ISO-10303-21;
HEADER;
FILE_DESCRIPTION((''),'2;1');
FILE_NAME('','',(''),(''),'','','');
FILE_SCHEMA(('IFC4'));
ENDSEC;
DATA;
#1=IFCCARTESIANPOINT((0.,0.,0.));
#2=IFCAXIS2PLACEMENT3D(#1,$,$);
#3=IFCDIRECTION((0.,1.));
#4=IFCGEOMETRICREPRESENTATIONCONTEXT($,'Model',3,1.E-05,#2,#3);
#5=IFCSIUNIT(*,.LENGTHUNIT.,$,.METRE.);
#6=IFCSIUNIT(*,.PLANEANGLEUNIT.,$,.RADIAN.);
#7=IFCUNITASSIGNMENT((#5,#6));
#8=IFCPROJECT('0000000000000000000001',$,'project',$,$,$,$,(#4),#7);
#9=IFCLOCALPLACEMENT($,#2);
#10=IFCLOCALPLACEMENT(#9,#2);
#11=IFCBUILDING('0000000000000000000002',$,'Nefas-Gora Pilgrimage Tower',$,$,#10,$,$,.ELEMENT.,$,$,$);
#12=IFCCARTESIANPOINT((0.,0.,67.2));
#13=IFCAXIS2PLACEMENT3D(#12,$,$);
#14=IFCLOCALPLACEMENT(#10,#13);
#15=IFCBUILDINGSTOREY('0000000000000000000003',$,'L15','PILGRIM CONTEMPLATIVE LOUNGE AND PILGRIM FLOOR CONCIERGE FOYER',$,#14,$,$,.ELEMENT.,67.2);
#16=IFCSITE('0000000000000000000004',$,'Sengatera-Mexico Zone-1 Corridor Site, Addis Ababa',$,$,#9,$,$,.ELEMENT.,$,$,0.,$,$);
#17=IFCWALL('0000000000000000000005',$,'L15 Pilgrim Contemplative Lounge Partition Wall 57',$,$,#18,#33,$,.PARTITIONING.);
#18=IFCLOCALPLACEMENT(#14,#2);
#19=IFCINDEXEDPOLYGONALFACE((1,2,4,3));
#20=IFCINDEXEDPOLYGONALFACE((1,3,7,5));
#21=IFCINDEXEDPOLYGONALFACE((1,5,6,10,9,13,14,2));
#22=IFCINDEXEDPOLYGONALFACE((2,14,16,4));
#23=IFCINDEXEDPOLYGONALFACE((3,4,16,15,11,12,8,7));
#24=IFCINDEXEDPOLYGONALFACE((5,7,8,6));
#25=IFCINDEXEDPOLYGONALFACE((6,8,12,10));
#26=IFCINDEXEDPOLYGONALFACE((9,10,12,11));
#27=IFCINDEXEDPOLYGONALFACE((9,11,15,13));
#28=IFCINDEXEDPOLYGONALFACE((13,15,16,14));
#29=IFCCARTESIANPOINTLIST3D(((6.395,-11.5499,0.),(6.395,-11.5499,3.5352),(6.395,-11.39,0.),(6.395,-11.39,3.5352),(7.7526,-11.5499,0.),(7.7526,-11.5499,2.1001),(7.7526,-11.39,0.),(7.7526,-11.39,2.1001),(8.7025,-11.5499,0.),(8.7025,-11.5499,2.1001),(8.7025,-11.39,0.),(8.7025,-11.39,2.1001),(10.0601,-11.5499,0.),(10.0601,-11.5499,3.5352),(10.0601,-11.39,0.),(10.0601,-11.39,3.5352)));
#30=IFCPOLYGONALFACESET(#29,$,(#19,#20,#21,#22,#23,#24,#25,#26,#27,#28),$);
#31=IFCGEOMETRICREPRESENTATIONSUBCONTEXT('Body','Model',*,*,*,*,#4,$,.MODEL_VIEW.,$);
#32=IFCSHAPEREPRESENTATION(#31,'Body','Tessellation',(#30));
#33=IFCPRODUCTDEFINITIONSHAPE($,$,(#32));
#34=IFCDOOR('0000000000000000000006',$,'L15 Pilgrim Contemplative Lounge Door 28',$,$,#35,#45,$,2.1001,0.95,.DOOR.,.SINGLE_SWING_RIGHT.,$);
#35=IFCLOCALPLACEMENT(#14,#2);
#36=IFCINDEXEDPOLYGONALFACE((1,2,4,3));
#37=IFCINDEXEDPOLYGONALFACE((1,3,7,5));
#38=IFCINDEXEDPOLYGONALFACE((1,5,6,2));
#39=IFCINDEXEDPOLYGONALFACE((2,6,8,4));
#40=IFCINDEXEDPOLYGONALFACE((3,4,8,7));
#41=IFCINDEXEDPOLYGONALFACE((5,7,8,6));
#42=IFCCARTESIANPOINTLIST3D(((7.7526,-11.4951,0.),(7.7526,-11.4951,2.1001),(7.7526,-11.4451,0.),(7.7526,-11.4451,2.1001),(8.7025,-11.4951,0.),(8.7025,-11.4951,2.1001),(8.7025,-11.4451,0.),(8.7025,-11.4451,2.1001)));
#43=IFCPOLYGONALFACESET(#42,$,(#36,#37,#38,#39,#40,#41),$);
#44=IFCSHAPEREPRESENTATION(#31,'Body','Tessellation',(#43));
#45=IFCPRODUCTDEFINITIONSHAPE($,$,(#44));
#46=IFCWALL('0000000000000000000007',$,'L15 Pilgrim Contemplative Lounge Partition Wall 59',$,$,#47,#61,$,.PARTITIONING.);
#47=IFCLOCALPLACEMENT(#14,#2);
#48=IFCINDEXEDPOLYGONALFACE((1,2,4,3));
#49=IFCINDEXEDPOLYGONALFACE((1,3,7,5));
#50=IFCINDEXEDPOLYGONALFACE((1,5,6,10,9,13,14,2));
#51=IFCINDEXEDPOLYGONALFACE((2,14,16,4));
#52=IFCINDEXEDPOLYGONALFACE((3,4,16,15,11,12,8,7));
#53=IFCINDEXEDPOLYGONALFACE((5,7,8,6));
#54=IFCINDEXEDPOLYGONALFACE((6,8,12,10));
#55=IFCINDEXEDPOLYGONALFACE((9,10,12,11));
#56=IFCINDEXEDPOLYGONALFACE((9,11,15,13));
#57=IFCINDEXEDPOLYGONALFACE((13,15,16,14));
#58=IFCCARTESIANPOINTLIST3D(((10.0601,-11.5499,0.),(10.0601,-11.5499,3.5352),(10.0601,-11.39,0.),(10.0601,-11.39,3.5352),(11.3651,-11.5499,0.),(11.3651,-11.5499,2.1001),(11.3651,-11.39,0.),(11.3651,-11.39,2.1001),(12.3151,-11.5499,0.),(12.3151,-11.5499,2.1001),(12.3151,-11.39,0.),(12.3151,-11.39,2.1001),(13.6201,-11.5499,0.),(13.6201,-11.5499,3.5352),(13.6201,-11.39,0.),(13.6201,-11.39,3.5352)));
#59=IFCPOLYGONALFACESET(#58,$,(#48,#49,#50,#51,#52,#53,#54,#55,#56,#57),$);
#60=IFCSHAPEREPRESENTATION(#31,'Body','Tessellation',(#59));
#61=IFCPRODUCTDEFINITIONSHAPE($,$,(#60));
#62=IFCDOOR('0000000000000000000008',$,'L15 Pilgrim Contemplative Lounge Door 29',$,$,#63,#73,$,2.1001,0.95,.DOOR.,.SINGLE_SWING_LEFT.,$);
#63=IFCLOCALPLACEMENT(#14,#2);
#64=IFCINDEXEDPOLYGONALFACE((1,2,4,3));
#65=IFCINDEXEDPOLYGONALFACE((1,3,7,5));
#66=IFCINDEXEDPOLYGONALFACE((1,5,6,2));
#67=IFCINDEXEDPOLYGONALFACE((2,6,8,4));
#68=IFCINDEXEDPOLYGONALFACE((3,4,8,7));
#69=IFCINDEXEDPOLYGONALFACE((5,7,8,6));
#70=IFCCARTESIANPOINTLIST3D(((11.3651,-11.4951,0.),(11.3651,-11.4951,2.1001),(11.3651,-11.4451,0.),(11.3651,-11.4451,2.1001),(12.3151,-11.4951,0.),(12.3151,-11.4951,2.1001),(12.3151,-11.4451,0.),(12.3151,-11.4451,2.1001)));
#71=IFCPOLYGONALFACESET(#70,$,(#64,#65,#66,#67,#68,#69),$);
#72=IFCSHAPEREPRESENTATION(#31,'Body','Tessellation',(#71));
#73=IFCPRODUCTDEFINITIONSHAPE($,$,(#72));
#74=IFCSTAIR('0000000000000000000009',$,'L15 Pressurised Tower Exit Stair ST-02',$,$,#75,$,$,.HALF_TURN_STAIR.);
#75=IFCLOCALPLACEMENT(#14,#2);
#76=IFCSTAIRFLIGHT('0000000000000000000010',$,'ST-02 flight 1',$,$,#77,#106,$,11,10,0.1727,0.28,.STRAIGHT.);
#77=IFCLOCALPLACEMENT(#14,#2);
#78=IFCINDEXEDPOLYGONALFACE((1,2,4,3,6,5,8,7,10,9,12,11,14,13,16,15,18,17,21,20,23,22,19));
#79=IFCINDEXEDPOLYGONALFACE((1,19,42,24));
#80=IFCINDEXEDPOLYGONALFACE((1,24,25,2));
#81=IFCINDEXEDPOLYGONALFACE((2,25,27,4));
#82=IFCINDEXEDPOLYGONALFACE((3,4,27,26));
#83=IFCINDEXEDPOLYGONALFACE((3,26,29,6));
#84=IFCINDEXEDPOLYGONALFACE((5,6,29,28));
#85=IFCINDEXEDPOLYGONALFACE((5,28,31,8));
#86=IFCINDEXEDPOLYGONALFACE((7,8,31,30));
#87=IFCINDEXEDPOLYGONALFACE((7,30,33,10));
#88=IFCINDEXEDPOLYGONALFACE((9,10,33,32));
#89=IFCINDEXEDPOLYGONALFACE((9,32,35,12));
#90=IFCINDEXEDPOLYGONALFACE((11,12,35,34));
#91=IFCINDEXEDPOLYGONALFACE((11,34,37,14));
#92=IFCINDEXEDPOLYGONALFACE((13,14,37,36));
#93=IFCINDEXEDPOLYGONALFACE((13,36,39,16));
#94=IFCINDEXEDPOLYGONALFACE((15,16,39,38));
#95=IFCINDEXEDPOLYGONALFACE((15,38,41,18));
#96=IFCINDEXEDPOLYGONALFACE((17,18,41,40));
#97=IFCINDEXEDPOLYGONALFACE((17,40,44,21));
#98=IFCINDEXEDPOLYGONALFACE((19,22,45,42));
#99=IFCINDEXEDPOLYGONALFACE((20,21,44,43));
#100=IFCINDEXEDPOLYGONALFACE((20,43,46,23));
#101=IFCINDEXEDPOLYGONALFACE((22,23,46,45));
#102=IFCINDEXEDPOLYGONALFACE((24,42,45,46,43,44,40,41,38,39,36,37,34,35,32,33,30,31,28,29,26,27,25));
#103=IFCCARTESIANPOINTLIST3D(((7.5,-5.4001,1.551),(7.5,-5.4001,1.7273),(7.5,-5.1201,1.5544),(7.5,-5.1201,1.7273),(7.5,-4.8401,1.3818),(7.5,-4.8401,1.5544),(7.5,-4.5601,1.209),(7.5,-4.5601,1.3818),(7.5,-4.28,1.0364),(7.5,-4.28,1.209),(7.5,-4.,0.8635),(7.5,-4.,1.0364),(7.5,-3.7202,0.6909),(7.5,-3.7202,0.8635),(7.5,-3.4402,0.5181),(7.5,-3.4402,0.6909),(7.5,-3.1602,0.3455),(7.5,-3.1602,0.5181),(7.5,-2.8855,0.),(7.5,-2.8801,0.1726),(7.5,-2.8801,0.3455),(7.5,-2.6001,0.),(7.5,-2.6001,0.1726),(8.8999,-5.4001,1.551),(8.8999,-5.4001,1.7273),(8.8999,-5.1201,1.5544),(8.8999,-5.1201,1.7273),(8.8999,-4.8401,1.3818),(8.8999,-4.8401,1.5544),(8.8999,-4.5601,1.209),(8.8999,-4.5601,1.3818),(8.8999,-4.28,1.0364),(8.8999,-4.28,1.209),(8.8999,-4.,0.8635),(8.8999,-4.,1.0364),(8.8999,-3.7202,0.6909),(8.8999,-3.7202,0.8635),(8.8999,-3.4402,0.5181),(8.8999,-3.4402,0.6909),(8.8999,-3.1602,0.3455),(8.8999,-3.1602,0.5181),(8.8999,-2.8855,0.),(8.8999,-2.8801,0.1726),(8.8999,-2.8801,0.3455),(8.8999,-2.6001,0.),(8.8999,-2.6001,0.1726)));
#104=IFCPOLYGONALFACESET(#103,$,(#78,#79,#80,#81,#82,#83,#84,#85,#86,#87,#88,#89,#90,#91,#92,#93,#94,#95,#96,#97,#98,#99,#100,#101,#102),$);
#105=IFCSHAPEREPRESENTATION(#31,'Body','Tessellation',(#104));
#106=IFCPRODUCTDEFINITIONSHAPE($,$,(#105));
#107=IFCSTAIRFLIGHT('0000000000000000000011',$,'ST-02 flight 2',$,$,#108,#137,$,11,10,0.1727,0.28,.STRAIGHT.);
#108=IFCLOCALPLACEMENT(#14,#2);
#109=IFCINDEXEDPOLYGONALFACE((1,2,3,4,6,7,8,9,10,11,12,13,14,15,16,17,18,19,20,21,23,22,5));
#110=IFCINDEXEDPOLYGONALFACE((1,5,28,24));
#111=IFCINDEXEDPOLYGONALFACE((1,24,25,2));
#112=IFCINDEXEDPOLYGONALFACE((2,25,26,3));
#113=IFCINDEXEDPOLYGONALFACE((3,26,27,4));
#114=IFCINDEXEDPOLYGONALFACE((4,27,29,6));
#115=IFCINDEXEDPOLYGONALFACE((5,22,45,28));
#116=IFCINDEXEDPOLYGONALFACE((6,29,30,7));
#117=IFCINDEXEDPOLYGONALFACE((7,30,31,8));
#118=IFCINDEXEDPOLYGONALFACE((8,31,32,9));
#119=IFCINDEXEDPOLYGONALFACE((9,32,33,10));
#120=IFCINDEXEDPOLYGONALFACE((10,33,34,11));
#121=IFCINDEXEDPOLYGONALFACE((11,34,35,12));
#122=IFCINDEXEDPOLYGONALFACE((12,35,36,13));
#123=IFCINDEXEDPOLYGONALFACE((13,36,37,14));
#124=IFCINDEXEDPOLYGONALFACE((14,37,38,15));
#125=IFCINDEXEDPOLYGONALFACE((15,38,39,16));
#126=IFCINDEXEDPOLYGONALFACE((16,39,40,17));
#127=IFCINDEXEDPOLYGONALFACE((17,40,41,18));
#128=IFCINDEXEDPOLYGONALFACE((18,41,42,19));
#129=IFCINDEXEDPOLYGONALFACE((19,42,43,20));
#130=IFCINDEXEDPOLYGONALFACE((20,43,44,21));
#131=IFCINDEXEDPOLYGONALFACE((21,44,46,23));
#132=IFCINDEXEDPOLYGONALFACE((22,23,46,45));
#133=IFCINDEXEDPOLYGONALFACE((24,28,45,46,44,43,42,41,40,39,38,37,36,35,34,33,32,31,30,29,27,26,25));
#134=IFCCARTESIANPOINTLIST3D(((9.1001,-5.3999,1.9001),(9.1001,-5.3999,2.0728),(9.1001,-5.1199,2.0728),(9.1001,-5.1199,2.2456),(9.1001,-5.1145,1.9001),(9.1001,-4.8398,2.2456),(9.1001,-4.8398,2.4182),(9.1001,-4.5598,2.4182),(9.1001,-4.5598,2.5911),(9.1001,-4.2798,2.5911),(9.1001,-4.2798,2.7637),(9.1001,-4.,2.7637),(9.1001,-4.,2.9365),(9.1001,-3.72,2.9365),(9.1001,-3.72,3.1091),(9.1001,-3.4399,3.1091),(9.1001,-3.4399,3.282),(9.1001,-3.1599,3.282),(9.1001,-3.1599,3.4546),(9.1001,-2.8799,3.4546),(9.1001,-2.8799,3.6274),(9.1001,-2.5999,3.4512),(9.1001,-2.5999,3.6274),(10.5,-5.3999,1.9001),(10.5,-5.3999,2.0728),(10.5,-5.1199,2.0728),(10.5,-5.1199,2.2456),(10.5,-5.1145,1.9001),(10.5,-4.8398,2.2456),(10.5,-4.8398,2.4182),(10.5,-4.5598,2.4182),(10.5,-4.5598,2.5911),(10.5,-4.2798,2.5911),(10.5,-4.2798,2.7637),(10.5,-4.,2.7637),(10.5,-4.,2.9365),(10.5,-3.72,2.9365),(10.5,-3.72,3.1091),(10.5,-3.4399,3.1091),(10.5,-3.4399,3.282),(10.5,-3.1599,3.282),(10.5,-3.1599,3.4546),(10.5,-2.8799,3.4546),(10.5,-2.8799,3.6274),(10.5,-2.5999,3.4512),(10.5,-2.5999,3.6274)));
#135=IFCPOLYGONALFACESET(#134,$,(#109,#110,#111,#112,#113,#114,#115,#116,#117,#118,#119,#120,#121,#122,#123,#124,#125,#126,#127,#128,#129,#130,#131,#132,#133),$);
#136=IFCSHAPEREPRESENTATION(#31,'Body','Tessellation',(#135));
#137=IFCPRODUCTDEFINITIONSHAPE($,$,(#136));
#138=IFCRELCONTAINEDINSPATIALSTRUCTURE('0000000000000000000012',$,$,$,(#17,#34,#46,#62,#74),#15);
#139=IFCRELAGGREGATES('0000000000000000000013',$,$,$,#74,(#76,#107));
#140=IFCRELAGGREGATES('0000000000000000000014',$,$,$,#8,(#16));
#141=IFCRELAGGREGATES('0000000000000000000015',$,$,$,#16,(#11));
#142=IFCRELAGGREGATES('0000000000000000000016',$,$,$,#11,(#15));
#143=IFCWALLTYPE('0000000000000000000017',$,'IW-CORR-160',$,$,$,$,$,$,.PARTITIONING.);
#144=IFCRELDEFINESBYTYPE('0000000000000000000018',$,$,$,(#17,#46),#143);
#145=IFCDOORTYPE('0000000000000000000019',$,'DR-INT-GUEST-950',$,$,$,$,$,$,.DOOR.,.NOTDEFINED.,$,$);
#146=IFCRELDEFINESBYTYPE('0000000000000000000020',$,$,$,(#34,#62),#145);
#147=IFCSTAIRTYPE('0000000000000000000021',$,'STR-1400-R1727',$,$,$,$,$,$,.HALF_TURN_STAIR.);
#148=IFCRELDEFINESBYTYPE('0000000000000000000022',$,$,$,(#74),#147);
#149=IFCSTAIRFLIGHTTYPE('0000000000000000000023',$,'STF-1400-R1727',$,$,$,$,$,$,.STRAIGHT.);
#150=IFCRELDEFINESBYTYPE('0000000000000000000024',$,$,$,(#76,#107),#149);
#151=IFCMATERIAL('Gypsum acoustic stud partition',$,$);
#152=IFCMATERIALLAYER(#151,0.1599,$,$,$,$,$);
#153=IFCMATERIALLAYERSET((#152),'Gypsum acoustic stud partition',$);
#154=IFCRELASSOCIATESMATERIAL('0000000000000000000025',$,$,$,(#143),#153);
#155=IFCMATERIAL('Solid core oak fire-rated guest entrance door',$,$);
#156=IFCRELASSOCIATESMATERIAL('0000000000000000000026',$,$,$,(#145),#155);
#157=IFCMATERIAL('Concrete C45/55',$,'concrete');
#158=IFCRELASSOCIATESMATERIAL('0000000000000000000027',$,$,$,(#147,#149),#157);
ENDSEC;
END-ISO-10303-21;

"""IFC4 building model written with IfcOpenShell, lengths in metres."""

from ifc_helpers import new_model, si_unit, direction, frame, frame_2d, origin, place, context, subcontext, project, spatial, polyline, rectangle, outline, extrude, source, transform, mapped, material, layer, layer_set, type_object, element, fill, aggregate, save


model = new_model("IFC4")

# Units and contexts
model_context = context("Model", 3, precision=1e-05, world=origin(), true_north=direction((0.0, 1.0)))
body_context = subcontext(model_context, "Body", "Model", "MODEL_VIEW")
ifc_project = project(units=[si_unit("LENGTHUNIT", "METRE"), si_unit("PLANEANGLEUNIT", "RADIAN")], contexts=[model_context])

# Site, building, storey
site_placement = place(None, origin())
site = spatial("IfcSite", under=ifc_project, at=site_placement, Name="Sengatera-Mexico Zone-1 Corridor Site, Addis Ababa", CompositionType="ELEMENT", RefElevation=0.0)
building_placement = place(site_placement, origin())
building = spatial("IfcBuilding", under=site, at=building_placement, Name="Nefas-Gora Pilgrimage Tower", CompositionType="ELEMENT")
storey_placement = place(building_placement, frame((0.0, 0.0, 67.2)))
storey = spatial("IfcBuildingStorey", under=building, at=storey_placement, Name="L15", Description="PILGRIM CONTEMPLATIVE LOUNGE AND PILGRIM FLOOR CONCIERGE FOYER", CompositionType="ELEMENT", Elevation=67.2)

# Shared definitions
ifc_material_1 = material(Name="Concrete C45/55", Category="concrete")
ifc_material_2 = material(Name="Gypsum acoustic stud partition")
ifc_layer_1 = layer(ifc_material_2, 0.1599)
ifc_layer_set_1 = layer_set([ifc_layer_1], Name="Gypsum acoustic stud partition")
wall_type_1 = type_object("IfcWallType", Name="IW-CORR-160", PredefinedType="PARTITIONING", material=ifc_layer_set_1)

# Walls, openings, doors
shared_shape_1 = source(origin(), body_context, "Body", "SweptSolid", [
    extrude(rectangle(XDim=3.665, YDim=0.1599, at=frame_2d((1.8325, 0.0))), origin(), (0.0, 0.0, 1.0), 3.5352),
])
wall_1_placement = place(storey_placement, frame((6.395, -11.47, 0.0), z_axis=(0.0, 0.0, 1.0), x_axis=(1.0, 0.0, 0.0)))
wall_1 = element("IfcWall", 1, at=wall_1_placement, inside=storey, type_object=wall_type_1, Name="L15 Pilgrim Contemplative Lounge Partition Wall 57", PredefinedType="PARTITIONING", context=body_context, shape_type="MappedRepresentation", body=[
    mapped(shared_shape_1, transform((0.0, 0.0, 0.0), x_axis=(1.0, 0.0, 0.0), y_axis=(0.0, 1.0, 0.0), z_axis=(0.0, 0.0, 1.0), scale=1.0)),
])
opening_1_placement = place(wall_1_placement, frame((1.3574, 0.0, 0.0)))
opening_1 = element("IfcOpeningElement", 2, at=opening_1_placement, cuts=wall_1, PredefinedType="OPENING", context=body_context, shape_type="SweptSolid", body=[
    extrude(rectangle(XDim=0.95, YDim=2.1001, at=frame_2d((0.4751, 1.05))), frame((0.0, 0.0898, 0.0), z_axis=(0.0, -1.0, 0.0), x_axis=(1.0, 0.0, 0.0)), (0.0, 0.0, 1.0), 0.1799),
])
ifc_material_3 = material(Name="Solid core oak fire-rated guest entrance door")
door_type_1 = type_object("IfcDoorType", Name="DR-INT-GUEST-950", OperationType="NOTDEFINED", PredefinedType="DOOR", material=ifc_material_3)
shared_shape_2 = source(origin(), body_context, "Body", "SweptSolid", [
    extrude(rectangle(XDim=0.95, YDim=2.1001, at=frame_2d((0.4751, 1.05))), frame((0.0, 0.0249, 0.0), z_axis=(0.0, -1.0, 0.0), x_axis=(1.0, 0.0, 0.0)), (0.0, 0.0, 1.0), 0.05),
])
door_1_placement = place(opening_1_placement, origin())
door_1 = element("IfcDoor", 3, at=door_1_placement, inside=storey, type_object=door_type_1, Name="L15 Pilgrim Contemplative Lounge Door 28", OperationType="SINGLE_SWING_RIGHT", OverallHeight=2.1001, OverallWidth=0.95, PredefinedType="DOOR", context=body_context, shape_type="MappedRepresentation", body=[
    mapped(shared_shape_2, transform((0.0, 0.0, 0.0), x_axis=(1.0, 0.0, 0.0), y_axis=(0.0, 1.0, 0.0), z_axis=(0.0, 0.0, 1.0), scale=1.0)),
])
fill(opening_1, door_1)
shared_shape_3 = source(origin(), body_context, "Body", "SweptSolid", [
    extrude(rectangle(XDim=3.5601, YDim=0.1599, at=frame_2d((1.78, 0.0))), origin(), (0.0, 0.0, 1.0), 3.5352),
])
wall_2_placement = place(storey_placement, frame((10.0601, -11.47, 0.0), z_axis=(0.0, 0.0, 1.0), x_axis=(1.0, 0.0, 0.0)))
wall_2 = element("IfcWall", 4, at=wall_2_placement, inside=storey, type_object=wall_type_1, Name="L15 Pilgrim Contemplative Lounge Partition Wall 59", PredefinedType="PARTITIONING", context=body_context, shape_type="MappedRepresentation", body=[
    mapped(shared_shape_3, transform((0.0, 0.0, 0.0), x_axis=(1.0, 0.0, 0.0), y_axis=(0.0, 1.0, 0.0), z_axis=(0.0, 0.0, 1.0), scale=1.0)),
])
opening_2_placement = place(wall_2_placement, frame((1.3049, 0.0, 0.0)))
opening_2 = element("IfcOpeningElement", 5, at=opening_2_placement, cuts=wall_2, PredefinedType="OPENING", context=body_context, shape_type="SweptSolid", body=[
    extrude(rectangle(XDim=0.95, YDim=2.1001, at=frame_2d((0.4751, 1.05))), frame((0.0, 0.0898, 0.0), z_axis=(0.0, -1.0, 0.0), x_axis=(1.0, 0.0, 0.0)), (0.0, 0.0, 1.0), 0.1799),
])
door_2_placement = place(opening_2_placement, origin())
door_2 = element("IfcDoor", 6, at=door_2_placement, inside=storey, type_object=door_type_1, Name="L15 Pilgrim Contemplative Lounge Door 29", OperationType="SINGLE_SWING_LEFT", OverallHeight=2.1001, OverallWidth=0.95, PredefinedType="DOOR", context=body_context, shape_type="MappedRepresentation", body=[
    mapped(shared_shape_2, transform((0.0, 0.0, 0.0), x_axis=(1.0, 0.0, 0.0), y_axis=(0.0, 1.0, 0.0), z_axis=(0.0, 0.0, 1.0), scale=1.0)),
])
fill(opening_2, door_2)

# Stair, stair flights
stair_type = type_object("IfcStairType", Name="STR-1400-R1727", PredefinedType="HALF_TURN_STAIR", material=ifc_material_1)
stair_placement = place(storey_placement, origin())
stair = element("IfcStair", 7, at=stair_placement, inside=storey, type_object=stair_type, Name="L15 Pressurised Tower Exit Stair ST-02", PredefinedType="HALF_TURN_STAIR")
stair_flight_type = type_object("IfcStairFlightType", Name="STF-1400-R1727", PredefinedType="STRAIGHT", material=ifc_material_1)
shared_shape_4 = source(origin(), body_context, "Body", "SweptSolid", [
    extrude(outline(polyline([(0.0, 0.0), (0.0, 0.1726), (0.28, 0.1726), (0.28, 0.3455), (0.5601, 0.3455), (0.5601, 0.5181), (0.8401, 0.5181), (0.8401, 0.6909), (1.1201, 0.6909), (1.1201, 0.8635), (1.3999, 0.8635), (1.3999, 1.0364), (1.6799, 1.0364), (1.6799, 1.209), (1.96, 1.209), (1.96, 1.3818), (2.24, 1.3818), (2.24, 1.5544), (2.52, 1.5544), (2.52, 1.7273), (2.8, 1.7273), (2.8, 1.8999), (2.8, 1.551), (0.2854, 0.0), (0.0, 0.0)])), frame((0.0, 0.7, 0.0), z_axis=(0.0, -1.0, 0.0), x_axis=(1.0, 0.0, 0.0)), (0.0, 0.0, 1.0), 1.3999),
])
stair_flight_1_placement = place(storey_placement, frame((8.2, -2.6001, 0.0), z_axis=(0.0, 0.0, 1.0), x_axis=(0.0, -1.0, 0.0)))
stair_flight_1 = element("IfcStairFlight", 8, at=stair_flight_1_placement, type_object=stair_flight_type, Name="ST-02 flight 1", NumberOfRisers=11, NumberOfTreads=10, PredefinedType="STRAIGHT", RiserHeight=0.1727, TreadLength=0.28, context=body_context, shape_type="MappedRepresentation", body=[
    mapped(shared_shape_4, transform((0.0, 0.0, 0.0), x_axis=(1.0, 0.0, 0.0), y_axis=(0.0, 1.0, 0.0), z_axis=(0.0, 0.0, 1.0), scale=1.0)),
])
stair_flight_2_placement = place(storey_placement, frame((9.8, -5.3999, 1.9001), z_axis=(0.0, 0.0, 1.0), x_axis=(0.0, 1.0, 0.0)))
stair_flight_2 = element("IfcStairFlight", 9, at=stair_flight_2_placement, type_object=stair_flight_type, Name="ST-02 flight 2", NumberOfRisers=11, NumberOfTreads=10, PredefinedType="STRAIGHT", RiserHeight=0.1727, TreadLength=0.28, context=body_context, shape_type="MappedRepresentation", body=[
    mapped(shared_shape_4, transform((0.0, 0.0, 0.0), x_axis=(1.0, 0.0, 0.0), y_axis=(0.0, 1.0, 0.0), z_axis=(0.0, 0.0, 1.0), scale=1.0)),
])
aggregate(stair, [stair_flight_1, stair_flight_2])

save(model, "model.ifc")
